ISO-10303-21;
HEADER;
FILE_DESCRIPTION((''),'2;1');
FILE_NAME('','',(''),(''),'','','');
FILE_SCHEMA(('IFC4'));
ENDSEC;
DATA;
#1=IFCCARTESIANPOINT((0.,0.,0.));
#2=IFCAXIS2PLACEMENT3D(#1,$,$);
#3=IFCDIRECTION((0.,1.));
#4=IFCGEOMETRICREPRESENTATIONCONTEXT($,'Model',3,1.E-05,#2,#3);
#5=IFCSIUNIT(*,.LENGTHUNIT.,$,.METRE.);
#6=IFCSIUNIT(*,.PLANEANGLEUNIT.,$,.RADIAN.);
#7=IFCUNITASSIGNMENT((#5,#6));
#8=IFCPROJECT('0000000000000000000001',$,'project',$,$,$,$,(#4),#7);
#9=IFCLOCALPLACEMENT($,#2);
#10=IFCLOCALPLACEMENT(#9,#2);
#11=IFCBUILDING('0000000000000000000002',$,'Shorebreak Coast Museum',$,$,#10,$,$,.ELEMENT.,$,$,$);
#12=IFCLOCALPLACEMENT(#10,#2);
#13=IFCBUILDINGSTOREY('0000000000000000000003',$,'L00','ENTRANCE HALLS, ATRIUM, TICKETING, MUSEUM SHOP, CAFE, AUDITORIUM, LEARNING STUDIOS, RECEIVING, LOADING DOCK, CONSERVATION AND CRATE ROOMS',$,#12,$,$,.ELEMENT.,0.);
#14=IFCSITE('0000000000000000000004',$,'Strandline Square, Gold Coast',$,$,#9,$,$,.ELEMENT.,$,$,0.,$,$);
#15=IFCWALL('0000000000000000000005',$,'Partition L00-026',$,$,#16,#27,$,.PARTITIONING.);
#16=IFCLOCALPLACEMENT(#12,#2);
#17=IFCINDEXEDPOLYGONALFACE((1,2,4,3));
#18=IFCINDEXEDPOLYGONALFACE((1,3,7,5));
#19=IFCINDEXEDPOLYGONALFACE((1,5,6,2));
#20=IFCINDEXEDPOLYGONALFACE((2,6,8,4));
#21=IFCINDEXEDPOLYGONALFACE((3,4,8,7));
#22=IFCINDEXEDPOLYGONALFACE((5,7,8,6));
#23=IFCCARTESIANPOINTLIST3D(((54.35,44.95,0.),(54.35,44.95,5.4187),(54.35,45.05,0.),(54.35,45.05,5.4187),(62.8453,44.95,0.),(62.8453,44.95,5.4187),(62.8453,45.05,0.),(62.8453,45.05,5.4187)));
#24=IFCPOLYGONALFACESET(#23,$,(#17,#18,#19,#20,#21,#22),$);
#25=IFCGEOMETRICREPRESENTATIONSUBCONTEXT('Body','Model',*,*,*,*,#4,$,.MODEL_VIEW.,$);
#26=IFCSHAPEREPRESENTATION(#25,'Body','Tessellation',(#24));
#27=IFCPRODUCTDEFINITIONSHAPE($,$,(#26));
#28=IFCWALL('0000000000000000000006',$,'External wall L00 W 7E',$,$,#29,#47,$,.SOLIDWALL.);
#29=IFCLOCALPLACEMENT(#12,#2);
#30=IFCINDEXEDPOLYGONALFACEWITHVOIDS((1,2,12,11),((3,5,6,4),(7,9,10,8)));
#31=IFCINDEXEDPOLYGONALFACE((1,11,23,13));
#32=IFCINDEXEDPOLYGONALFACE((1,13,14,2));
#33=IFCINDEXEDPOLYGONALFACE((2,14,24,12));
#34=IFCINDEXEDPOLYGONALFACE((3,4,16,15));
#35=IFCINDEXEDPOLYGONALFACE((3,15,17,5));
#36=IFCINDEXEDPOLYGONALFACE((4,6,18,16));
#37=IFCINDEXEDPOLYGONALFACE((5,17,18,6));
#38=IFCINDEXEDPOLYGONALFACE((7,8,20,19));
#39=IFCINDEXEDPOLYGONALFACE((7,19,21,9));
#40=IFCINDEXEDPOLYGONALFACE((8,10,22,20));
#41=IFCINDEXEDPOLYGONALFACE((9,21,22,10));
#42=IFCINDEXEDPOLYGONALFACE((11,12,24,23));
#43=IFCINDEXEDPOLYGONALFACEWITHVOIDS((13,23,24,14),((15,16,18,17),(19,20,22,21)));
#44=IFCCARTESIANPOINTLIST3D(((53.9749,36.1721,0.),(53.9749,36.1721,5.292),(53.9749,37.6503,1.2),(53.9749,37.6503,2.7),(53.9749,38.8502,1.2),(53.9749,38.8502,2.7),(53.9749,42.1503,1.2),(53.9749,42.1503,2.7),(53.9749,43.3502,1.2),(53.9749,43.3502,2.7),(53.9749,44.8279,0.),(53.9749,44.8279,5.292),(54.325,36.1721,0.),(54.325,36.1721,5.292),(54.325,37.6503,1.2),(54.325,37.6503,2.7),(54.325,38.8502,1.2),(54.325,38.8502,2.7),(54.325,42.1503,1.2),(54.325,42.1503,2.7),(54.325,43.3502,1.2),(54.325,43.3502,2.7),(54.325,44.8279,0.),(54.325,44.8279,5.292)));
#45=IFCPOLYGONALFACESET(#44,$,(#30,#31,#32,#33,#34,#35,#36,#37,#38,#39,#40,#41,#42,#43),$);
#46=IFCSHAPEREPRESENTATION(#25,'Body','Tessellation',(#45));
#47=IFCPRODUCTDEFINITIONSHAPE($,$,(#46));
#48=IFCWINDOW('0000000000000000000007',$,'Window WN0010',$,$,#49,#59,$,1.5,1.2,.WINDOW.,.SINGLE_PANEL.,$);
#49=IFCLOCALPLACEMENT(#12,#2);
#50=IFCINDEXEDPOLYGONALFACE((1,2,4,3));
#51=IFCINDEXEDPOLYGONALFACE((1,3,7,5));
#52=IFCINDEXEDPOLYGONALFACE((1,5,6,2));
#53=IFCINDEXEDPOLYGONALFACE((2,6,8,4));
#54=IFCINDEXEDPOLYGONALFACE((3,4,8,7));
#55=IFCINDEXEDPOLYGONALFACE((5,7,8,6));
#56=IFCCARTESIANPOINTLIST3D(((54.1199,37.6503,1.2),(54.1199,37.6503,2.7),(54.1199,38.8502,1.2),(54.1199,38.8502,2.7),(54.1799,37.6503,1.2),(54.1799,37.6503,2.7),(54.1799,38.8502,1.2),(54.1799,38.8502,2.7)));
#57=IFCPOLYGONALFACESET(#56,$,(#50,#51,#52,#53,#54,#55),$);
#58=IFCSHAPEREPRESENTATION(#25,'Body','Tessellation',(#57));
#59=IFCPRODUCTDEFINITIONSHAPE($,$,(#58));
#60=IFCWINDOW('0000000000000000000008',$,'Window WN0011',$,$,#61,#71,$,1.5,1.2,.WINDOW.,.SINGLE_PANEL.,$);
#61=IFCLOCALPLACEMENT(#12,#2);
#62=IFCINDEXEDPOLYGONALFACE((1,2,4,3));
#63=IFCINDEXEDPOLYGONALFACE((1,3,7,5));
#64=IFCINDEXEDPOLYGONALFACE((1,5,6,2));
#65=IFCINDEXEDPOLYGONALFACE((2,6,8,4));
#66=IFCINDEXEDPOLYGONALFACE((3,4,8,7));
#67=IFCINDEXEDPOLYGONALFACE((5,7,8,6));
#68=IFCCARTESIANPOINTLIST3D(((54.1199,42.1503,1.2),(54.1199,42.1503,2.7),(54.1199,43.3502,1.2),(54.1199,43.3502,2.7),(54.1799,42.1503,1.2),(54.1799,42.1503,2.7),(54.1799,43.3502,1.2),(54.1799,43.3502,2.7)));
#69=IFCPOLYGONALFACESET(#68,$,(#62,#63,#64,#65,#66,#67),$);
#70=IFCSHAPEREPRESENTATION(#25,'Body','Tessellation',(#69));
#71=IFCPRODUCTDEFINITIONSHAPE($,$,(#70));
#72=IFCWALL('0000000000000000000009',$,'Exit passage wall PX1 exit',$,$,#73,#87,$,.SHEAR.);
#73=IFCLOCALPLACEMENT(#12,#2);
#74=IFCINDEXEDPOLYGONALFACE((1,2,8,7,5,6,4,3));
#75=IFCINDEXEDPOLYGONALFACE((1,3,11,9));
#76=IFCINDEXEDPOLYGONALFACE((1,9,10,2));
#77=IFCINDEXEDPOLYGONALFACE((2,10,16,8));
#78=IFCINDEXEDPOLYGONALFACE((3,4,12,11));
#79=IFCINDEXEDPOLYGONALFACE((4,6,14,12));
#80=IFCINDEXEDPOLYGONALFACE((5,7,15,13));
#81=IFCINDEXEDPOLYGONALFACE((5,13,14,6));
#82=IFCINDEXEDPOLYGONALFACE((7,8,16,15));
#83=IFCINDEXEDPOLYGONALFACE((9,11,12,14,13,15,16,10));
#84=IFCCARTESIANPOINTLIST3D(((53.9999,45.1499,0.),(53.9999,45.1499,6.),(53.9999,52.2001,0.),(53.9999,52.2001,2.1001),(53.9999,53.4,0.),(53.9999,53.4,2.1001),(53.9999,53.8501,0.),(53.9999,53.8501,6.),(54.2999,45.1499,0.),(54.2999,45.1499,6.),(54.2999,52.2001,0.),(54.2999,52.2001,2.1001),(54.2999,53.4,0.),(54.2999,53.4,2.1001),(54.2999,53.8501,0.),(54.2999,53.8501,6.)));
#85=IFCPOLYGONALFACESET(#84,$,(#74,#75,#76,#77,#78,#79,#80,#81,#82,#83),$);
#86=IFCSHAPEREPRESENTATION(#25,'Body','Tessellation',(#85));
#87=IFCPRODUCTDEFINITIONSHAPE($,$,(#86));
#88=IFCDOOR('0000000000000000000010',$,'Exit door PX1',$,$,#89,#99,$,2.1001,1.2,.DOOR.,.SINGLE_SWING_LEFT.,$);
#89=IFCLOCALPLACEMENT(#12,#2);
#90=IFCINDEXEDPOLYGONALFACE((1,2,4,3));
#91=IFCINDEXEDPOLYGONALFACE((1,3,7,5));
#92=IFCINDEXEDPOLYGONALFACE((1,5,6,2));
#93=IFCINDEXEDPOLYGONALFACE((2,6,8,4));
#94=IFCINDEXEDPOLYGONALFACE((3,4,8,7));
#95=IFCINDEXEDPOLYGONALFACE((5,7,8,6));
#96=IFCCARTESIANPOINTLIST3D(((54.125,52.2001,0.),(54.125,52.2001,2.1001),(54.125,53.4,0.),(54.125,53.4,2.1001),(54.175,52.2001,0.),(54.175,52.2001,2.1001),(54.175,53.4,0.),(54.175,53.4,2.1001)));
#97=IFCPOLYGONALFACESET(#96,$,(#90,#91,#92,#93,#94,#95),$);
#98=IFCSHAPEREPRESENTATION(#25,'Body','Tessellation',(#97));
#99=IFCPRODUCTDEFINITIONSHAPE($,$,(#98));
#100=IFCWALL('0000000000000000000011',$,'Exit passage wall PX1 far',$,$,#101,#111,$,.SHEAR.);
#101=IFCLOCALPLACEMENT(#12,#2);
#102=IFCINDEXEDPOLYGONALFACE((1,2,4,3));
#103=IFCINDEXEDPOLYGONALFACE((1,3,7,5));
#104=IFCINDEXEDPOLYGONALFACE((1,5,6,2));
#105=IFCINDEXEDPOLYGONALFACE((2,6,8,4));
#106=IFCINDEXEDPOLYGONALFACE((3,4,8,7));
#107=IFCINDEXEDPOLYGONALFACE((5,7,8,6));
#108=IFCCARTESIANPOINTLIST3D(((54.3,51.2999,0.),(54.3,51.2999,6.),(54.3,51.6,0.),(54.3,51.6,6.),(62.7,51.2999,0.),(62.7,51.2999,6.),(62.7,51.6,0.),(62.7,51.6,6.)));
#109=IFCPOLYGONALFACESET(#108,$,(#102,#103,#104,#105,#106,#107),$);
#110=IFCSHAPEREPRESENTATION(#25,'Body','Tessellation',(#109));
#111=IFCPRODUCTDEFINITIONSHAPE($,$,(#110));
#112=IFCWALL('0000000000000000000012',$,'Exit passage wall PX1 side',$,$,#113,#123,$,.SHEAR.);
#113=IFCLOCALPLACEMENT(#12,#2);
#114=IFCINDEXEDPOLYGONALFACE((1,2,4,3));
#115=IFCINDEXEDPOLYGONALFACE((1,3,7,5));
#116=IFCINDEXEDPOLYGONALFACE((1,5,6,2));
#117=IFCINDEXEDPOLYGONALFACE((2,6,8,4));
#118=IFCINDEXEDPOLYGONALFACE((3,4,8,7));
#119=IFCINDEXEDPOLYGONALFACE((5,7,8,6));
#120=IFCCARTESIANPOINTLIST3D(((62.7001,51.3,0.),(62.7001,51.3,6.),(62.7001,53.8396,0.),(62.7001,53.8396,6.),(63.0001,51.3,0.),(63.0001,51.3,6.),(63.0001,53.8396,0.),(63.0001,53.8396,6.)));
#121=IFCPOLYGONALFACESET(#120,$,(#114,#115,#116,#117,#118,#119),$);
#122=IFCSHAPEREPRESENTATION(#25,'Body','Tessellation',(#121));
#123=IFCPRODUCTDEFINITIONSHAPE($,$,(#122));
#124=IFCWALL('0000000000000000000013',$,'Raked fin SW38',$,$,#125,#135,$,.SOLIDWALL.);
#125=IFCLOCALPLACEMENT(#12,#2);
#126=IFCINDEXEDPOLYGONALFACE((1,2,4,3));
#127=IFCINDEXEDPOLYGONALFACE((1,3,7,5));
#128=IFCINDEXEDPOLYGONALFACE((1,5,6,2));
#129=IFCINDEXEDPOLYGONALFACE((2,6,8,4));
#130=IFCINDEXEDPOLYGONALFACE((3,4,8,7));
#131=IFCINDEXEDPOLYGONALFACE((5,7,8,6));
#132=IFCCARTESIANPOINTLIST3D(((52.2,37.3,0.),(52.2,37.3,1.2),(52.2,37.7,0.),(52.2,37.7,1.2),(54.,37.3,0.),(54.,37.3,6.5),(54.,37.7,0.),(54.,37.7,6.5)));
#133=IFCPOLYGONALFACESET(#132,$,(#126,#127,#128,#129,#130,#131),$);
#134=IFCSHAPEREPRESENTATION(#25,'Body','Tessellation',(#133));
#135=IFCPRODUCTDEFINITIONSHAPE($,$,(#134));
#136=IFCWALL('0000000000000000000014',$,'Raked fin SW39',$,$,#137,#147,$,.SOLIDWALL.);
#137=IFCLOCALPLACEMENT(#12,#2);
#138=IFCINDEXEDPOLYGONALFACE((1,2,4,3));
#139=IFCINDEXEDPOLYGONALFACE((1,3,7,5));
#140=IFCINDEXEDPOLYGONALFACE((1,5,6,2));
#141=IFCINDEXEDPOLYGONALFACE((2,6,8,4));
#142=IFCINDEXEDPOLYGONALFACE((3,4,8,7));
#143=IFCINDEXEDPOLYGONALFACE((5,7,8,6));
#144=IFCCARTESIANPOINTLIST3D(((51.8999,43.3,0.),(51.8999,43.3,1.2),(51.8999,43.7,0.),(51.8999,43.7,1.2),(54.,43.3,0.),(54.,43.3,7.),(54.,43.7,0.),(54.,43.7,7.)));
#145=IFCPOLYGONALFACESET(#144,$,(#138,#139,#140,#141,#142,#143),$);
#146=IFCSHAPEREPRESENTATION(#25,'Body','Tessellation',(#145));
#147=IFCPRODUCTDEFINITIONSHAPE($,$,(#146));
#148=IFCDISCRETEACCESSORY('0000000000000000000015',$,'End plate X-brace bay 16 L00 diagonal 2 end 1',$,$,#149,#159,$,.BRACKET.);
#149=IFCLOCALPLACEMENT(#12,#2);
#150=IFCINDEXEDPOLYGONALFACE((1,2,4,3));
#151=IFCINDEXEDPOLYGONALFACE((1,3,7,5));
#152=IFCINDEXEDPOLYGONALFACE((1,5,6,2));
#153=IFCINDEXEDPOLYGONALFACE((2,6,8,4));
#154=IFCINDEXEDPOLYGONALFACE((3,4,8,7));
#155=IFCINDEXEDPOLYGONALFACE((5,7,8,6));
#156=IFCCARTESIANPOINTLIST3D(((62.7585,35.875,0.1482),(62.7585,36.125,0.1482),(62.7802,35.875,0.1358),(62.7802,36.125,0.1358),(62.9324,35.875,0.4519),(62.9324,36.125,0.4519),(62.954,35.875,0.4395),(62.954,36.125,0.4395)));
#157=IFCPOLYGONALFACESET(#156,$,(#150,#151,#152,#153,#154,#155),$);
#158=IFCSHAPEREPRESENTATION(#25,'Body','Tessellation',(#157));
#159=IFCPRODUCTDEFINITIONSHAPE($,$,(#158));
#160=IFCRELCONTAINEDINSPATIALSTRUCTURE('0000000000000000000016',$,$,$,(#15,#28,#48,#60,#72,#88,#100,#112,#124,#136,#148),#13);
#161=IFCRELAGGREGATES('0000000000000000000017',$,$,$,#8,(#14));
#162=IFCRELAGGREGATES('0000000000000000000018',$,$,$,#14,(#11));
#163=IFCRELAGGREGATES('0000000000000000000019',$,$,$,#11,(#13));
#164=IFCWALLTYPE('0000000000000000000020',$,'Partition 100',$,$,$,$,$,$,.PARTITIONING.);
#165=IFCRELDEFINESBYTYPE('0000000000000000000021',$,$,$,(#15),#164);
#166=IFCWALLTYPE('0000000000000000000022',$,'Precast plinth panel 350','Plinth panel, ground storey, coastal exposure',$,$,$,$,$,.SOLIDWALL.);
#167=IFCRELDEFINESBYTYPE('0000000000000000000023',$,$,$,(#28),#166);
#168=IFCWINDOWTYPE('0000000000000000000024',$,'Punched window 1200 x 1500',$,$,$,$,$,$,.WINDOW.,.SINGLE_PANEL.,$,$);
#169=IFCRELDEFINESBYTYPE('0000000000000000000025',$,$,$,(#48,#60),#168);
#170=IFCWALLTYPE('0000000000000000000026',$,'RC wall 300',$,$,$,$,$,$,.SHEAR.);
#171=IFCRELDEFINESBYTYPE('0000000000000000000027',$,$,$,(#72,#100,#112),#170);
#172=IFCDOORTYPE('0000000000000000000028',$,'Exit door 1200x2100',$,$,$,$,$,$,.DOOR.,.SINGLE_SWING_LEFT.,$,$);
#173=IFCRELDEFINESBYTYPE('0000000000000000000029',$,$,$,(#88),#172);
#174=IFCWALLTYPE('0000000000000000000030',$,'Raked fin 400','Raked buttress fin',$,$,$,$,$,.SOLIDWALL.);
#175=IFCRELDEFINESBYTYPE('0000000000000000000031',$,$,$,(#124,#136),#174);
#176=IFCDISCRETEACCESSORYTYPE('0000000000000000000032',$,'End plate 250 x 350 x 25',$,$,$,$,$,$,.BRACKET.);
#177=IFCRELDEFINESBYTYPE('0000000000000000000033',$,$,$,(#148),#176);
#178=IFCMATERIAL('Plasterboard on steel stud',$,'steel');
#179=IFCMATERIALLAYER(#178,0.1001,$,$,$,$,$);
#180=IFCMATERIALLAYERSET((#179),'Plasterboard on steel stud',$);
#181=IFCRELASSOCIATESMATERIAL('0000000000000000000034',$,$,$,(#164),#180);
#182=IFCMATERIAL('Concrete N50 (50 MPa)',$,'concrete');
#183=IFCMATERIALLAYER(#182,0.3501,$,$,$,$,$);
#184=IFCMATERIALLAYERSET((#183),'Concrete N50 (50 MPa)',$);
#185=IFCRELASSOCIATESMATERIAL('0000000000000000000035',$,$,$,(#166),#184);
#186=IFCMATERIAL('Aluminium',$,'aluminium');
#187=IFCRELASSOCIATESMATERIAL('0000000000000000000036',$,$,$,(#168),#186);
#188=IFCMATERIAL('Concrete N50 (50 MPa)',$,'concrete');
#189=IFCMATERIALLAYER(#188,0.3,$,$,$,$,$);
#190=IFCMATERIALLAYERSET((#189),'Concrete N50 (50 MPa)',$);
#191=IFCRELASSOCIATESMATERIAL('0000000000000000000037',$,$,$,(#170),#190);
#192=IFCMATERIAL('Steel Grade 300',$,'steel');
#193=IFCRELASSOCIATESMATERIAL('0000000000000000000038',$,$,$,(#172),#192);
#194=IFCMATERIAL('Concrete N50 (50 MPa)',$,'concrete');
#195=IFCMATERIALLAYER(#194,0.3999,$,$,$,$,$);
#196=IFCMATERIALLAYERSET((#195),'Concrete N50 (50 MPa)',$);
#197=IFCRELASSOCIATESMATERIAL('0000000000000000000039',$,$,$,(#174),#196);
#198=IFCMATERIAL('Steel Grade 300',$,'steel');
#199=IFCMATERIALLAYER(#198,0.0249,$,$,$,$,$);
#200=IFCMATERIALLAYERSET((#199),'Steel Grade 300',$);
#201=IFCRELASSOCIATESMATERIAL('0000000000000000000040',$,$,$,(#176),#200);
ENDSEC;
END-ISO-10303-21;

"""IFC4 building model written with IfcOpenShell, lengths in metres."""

from ifc_helpers import new_model, si_unit, direction, frame, frame_2d, origin, place, context, subcontext, project, spatial, polyline, rectangle, outline, extrude, material, layer, layer_set, type_object, element, fill, save


model = new_model("IFC4")

# Units and contexts
model_context = context("Model", 3, precision=1e-05, world=origin(), true_north=direction((0.0, 1.0)))
body_context = subcontext(model_context, "Body", "Model", "MODEL_VIEW")
ifc_project = project(units=[si_unit("LENGTHUNIT", "METRE"), si_unit("PLANEANGLEUNIT", "RADIAN")], contexts=[model_context])

# Site, building, storey
site_placement = place(None, origin())
site = spatial("IfcSite", under=ifc_project, at=site_placement, Name="Strandline Square, Gold Coast", CompositionType="ELEMENT", RefElevation=0.0)
building_placement = place(site_placement, origin())
building = spatial("IfcBuilding", under=site, at=building_placement, Name="Shorebreak Coast Museum", CompositionType="ELEMENT")
storey_placement = place(building_placement, origin())
storey = spatial("IfcBuildingStorey", under=building, at=storey_placement, Name="L00", Description="ENTRANCE HALLS, ATRIUM, TICKETING, MUSEUM SHOP, CAFE, AUDITORIUM, LEARNING STUDIOS, RECEIVING, LOADING DOCK, CONSERVATION AND CRATE ROOMS", CompositionType="ELEMENT", Elevation=0.0)

# Wall
ifc_material_1 = material(Name="Plasterboard on steel stud", Category="steel")
ifc_layer_1 = layer(ifc_material_1, 0.1001)
ifc_layer_set_1 = layer_set([ifc_layer_1], Name="Plasterboard on steel stud")
wall_type_1 = type_object("IfcWallType", Name="Partition 100", PredefinedType="PARTITIONING", material=ifc_layer_set_1)
wall_1_placement = place(storey_placement, frame((54.3501, 45.0, 0.0), z_axis=(0.0, 0.0, 1.0), x_axis=(1.0, 0.0, 0.0)))
element("IfcWall", 1, at=wall_1_placement, inside=storey, type_object=wall_type_1, Name="Partition L00-026", PredefinedType="PARTITIONING", context=body_context, shape_type="SweptSolid", body=[
    extrude(rectangle(XDim=8.4954, YDim=0.1001, at=frame_2d((4.2476, 0.0))), origin(), (0.0, 0.0, 1.0), 5.4187),
])

# Wall, openings, windows
ifc_material_2 = material(Name="Concrete N50 (50 MPa)", Category="concrete")
ifc_layer_2 = layer(ifc_material_2, 0.3501)
ifc_layer_set_2 = layer_set([ifc_layer_2], Name="Concrete N50 (50 MPa)")
wall_type_2 = type_object("IfcWallType", Name="Precast plinth panel 350", Description="Plinth panel, ground storey, coastal exposure", PredefinedType="SOLIDWALL", material=ifc_layer_set_2)
wall_2_placement = place(storey_placement, frame((54.1499, 36.1721, 0.0), z_axis=(0.0, 0.0, 1.0), x_axis=(0.0, 1.0, 0.0)))
wall_2 = element("IfcWall", 2, at=wall_2_placement, inside=storey, type_object=wall_type_2, Name="External wall L00 W 7E", PredefinedType="SOLIDWALL", context=body_context, shape_type="SweptSolid", body=[
    extrude(rectangle(XDim=8.6558, YDim=0.3501, at=frame_2d((4.3279, 0.0))), origin(), (0.0, 0.0, 1.0), 5.292),
])
opening_1_placement = place(wall_2_placement, frame((1.478, 0.0, 1.2)))
opening_1 = element("IfcOpeningElement", 3, at=opening_1_placement, cuts=wall_2, PredefinedType="OPENING", context=body_context, shape_type="SweptSolid", body=[
    extrude(rectangle(XDim=1.2, YDim=1.5, at=frame_2d((0.6001, 0.75))), frame((0.0, 0.1851, 0.0), z_axis=(0.0, -1.0, 0.0), x_axis=(1.0, 0.0, 0.0)), (0.0, 0.0, 1.0), 0.3701),
])
opening_2_placement = place(wall_2_placement, frame((5.978, 0.0, 1.2)))
opening_2 = element("IfcOpeningElement", 4, at=opening_2_placement, cuts=wall_2, PredefinedType="OPENING", context=body_context, shape_type="SweptSolid", body=[
    extrude(rectangle(XDim=1.2, YDim=1.5, at=frame_2d((0.6001, 0.75))), frame((0.0, 0.1851, 0.0), z_axis=(0.0, -1.0, 0.0), x_axis=(1.0, 0.0, 0.0)), (0.0, 0.0, 1.0), 0.3701),
])
ifc_material_3 = material(Name="Aluminium", Category="aluminium")
window_type = type_object("IfcWindowType", Name="Punched window 1200 x 1500", PartitioningType="SINGLE_PANEL", PredefinedType="WINDOW", material=ifc_material_3)
window_1_placement = place(opening_1_placement, origin())
window_1 = element("IfcWindow", 5, at=window_1_placement, inside=storey, type_object=window_type, Name="Window WN0010", OverallHeight=1.5, OverallWidth=1.2, PartitioningType="SINGLE_PANEL", PredefinedType="WINDOW", context=body_context, shape_type="SweptSolid", body=[
    extrude(rectangle(XDim=1.2, YDim=1.5, at=frame_2d((0.6001, 0.75))), frame((0.0, 0.03, 0.0), z_axis=(0.0, -1.0, 0.0), x_axis=(1.0, 0.0, 0.0)), (0.0, 0.0, 1.0), 0.0601),
])
fill(opening_1, window_1)
window_2_placement = place(opening_2_placement, origin())
window_2 = element("IfcWindow", 6, at=window_2_placement, inside=storey, type_object=window_type, Name="Window WN0011", OverallHeight=1.5, OverallWidth=1.2, PartitioningType="SINGLE_PANEL", PredefinedType="WINDOW", context=body_context, shape_type="SweptSolid", body=[
    extrude(rectangle(XDim=1.2, YDim=1.5, at=frame_2d((0.6001, 0.75))), frame((0.0, 0.03, 0.0), z_axis=(0.0, -1.0, 0.0), x_axis=(1.0, 0.0, 0.0)), (0.0, 0.0, 1.0), 0.0601),
])
fill(opening_2, window_2)

# Wall, opening, door
ifc_material_4 = material(Name="Concrete N50 (50 MPa)", Category="concrete")
ifc_layer_3 = layer(ifc_material_4, 0.3)
ifc_layer_set_3 = layer_set([ifc_layer_3], Name="Concrete N50 (50 MPa)")
wall_type_3 = type_object("IfcWallType", Name="RC wall 300", PredefinedType="SHEAR", material=ifc_layer_set_3)
wall_3_placement = place(storey_placement, frame((54.1499, 45.1499, 0.0), z_axis=(0.0, 0.0, 1.0), x_axis=(0.0, 1.0, 0.0)))
wall_3 = element("IfcWall", 7, at=wall_3_placement, inside=storey, type_object=wall_type_3, Name="Exit passage wall PX1 exit", PredefinedType="SHEAR", context=body_context, shape_type="SweptSolid", body=[
    extrude(rectangle(XDim=8.7002, YDim=0.3, at=frame_2d((4.3501, 0.0))), origin(), (0.0, 0.0, 1.0), 6.0),
])
opening_3_placement = place(wall_3_placement, frame((7.05, 0.0, 0.0)))
opening_3 = element("IfcOpeningElement", 8, at=opening_3_placement, cuts=wall_3, PredefinedType="OPENING", context=body_context, shape_type="SweptSolid", body=[
    extrude(rectangle(XDim=1.2, YDim=2.1001, at=frame_2d((0.6001, 1.05))), frame((0.0, 0.1599, 0.0), z_axis=(0.0, -1.0, 0.0), x_axis=(1.0, 0.0, 0.0)), (0.0, 0.0, 1.0), 0.3201),
])
ifc_material_5 = material(Name="Steel Grade 300", Category="steel")
door_type = type_object("IfcDoorType", Name="Exit door 1200x2100", OperationType="SINGLE_SWING_LEFT", PredefinedType="DOOR", material=ifc_material_5)
door_placement = place(opening_3_placement, origin())
door = element("IfcDoor", 9, at=door_placement, inside=storey, type_object=door_type, Name="Exit door PX1", OperationType="SINGLE_SWING_LEFT", OverallHeight=2.1001, OverallWidth=1.2, PredefinedType="DOOR", context=body_context, shape_type="SweptSolid", body=[
    extrude(rectangle(XDim=1.2, YDim=2.1001, at=frame_2d((0.6001, 1.05))), frame((0.0, 0.0249, 0.0), z_axis=(0.0, -1.0, 0.0), x_axis=(1.0, 0.0, 0.0)), (0.0, 0.0, 1.0), 0.05),
])
fill(opening_3, door)

# Walls
wall_4_placement = place(storey_placement, frame((54.3, 51.45, 0.0), z_axis=(0.0, 0.0, 1.0), x_axis=(1.0, 0.0, 0.0)))
element("IfcWall", 10, at=wall_4_placement, inside=storey, type_object=wall_type_3, Name="Exit passage wall PX1 far", PredefinedType="SHEAR", context=body_context, shape_type="SweptSolid", body=[
    extrude(rectangle(XDim=8.3999, YDim=0.3, at=frame_2d((4.2, 0.0))), origin(), (0.0, 0.0, 1.0), 6.0),
])
wall_5_placement = place(storey_placement, frame((62.8501, 51.3, 0.0), z_axis=(0.0, 0.0, 1.0), x_axis=(0.0, 1.0, 0.0)))
element("IfcWall", 11, at=wall_5_placement, inside=storey, type_object=wall_type_3, Name="Exit passage wall PX1 side", PredefinedType="SHEAR", context=body_context, shape_type="SweptSolid", body=[
    extrude(rectangle(XDim=2.5396, YDim=0.3, at=frame_2d((1.2698, 0.0))), origin(), (0.0, 0.0, 1.0), 6.0),
])
ifc_material_6 = material(Name="Concrete N50 (50 MPa)", Category="concrete")
ifc_layer_4 = layer(ifc_material_6, 0.3999)
ifc_layer_set_4 = layer_set([ifc_layer_4], Name="Concrete N50 (50 MPa)")
wall_type_4 = type_object("IfcWallType", Name="Raked fin 400", Description="Raked buttress fin", PredefinedType="SOLIDWALL", material=ifc_layer_set_4)
wall_6_placement = place(storey_placement, frame((54.0, 37.5, 0.0), z_axis=(0.0, 0.0, 1.0), x_axis=(-1.0, 0.0, 0.0)))
element("IfcWall", 12, at=wall_6_placement, inside=storey, type_object=wall_type_4, Name="Raked fin SW38", PredefinedType="SOLIDWALL", context=body_context, shape_type="SweptSolid", body=[
    extrude(outline(polyline([(0.0, 0.0), (1.8, 0.0), (1.8, 1.2), (0.0, 6.5), (0.0, 0.0)])), frame((0.0, 0.2, 0.0), z_axis=(0.0, -1.0, 0.0), x_axis=(1.0, 0.0, 0.0)), (0.0, 0.0, 1.0), 0.3999),
])
wall_7_placement = place(storey_placement, frame((54.0, 43.5, 0.0), z_axis=(0.0, 0.0, 1.0), x_axis=(-1.0, 0.0, 0.0)))
element("IfcWall", 13, at=wall_7_placement, inside=storey, type_object=wall_type_4, Name="Raked fin SW39", PredefinedType="SOLIDWALL", context=body_context, shape_type="SweptSolid", body=[
    extrude(outline(polyline([(0.0, 0.0), (2.1001, 0.0), (2.1001, 1.2), (0.0, 7.0), (0.0, 0.0)])), frame((0.0, 0.2, 0.0), z_axis=(0.0, -1.0, 0.0), x_axis=(1.0, 0.0, 0.0)), (0.0, 0.0, 1.0), 0.3999),
])

# Discrete accessory
ifc_material_7 = material(Name="Steel Grade 300", Category="steel")
ifc_layer_5 = layer(ifc_material_7, 0.0249)
ifc_layer_set_5 = layer_set([ifc_layer_5], Name="Steel Grade 300")
discrete_accessory_type = type_object("IfcDiscreteAccessoryType", Name="End plate 250 x 350 x 25", PredefinedType="BRACKET", material=ifc_layer_set_5)
discrete_accessory_placement = place(storey_placement, frame((62.7585, 36.125, 0.1482), z_axis=(-0.867899, 0.0, 0.49674), x_axis=(0.0, -1.0, 0.0)))
element("IfcDiscreteAccessory", 14, at=discrete_accessory_placement, inside=storey, type_object=discrete_accessory_type, Name="End plate X-brace bay 16 L00 diagonal 2 end 1", PredefinedType="BRACKET", context=body_context, shape_type="SweptSolid", body=[
    extrude(outline(polyline([(0.0, 0.0), (0.25, 0.0), (0.25, 0.3499), (0.0, 0.3499), (0.0, 0.0)])), origin(), (0.0, 0.0, -1.0), 0.0249),
])

save(model, "model.ifc")
